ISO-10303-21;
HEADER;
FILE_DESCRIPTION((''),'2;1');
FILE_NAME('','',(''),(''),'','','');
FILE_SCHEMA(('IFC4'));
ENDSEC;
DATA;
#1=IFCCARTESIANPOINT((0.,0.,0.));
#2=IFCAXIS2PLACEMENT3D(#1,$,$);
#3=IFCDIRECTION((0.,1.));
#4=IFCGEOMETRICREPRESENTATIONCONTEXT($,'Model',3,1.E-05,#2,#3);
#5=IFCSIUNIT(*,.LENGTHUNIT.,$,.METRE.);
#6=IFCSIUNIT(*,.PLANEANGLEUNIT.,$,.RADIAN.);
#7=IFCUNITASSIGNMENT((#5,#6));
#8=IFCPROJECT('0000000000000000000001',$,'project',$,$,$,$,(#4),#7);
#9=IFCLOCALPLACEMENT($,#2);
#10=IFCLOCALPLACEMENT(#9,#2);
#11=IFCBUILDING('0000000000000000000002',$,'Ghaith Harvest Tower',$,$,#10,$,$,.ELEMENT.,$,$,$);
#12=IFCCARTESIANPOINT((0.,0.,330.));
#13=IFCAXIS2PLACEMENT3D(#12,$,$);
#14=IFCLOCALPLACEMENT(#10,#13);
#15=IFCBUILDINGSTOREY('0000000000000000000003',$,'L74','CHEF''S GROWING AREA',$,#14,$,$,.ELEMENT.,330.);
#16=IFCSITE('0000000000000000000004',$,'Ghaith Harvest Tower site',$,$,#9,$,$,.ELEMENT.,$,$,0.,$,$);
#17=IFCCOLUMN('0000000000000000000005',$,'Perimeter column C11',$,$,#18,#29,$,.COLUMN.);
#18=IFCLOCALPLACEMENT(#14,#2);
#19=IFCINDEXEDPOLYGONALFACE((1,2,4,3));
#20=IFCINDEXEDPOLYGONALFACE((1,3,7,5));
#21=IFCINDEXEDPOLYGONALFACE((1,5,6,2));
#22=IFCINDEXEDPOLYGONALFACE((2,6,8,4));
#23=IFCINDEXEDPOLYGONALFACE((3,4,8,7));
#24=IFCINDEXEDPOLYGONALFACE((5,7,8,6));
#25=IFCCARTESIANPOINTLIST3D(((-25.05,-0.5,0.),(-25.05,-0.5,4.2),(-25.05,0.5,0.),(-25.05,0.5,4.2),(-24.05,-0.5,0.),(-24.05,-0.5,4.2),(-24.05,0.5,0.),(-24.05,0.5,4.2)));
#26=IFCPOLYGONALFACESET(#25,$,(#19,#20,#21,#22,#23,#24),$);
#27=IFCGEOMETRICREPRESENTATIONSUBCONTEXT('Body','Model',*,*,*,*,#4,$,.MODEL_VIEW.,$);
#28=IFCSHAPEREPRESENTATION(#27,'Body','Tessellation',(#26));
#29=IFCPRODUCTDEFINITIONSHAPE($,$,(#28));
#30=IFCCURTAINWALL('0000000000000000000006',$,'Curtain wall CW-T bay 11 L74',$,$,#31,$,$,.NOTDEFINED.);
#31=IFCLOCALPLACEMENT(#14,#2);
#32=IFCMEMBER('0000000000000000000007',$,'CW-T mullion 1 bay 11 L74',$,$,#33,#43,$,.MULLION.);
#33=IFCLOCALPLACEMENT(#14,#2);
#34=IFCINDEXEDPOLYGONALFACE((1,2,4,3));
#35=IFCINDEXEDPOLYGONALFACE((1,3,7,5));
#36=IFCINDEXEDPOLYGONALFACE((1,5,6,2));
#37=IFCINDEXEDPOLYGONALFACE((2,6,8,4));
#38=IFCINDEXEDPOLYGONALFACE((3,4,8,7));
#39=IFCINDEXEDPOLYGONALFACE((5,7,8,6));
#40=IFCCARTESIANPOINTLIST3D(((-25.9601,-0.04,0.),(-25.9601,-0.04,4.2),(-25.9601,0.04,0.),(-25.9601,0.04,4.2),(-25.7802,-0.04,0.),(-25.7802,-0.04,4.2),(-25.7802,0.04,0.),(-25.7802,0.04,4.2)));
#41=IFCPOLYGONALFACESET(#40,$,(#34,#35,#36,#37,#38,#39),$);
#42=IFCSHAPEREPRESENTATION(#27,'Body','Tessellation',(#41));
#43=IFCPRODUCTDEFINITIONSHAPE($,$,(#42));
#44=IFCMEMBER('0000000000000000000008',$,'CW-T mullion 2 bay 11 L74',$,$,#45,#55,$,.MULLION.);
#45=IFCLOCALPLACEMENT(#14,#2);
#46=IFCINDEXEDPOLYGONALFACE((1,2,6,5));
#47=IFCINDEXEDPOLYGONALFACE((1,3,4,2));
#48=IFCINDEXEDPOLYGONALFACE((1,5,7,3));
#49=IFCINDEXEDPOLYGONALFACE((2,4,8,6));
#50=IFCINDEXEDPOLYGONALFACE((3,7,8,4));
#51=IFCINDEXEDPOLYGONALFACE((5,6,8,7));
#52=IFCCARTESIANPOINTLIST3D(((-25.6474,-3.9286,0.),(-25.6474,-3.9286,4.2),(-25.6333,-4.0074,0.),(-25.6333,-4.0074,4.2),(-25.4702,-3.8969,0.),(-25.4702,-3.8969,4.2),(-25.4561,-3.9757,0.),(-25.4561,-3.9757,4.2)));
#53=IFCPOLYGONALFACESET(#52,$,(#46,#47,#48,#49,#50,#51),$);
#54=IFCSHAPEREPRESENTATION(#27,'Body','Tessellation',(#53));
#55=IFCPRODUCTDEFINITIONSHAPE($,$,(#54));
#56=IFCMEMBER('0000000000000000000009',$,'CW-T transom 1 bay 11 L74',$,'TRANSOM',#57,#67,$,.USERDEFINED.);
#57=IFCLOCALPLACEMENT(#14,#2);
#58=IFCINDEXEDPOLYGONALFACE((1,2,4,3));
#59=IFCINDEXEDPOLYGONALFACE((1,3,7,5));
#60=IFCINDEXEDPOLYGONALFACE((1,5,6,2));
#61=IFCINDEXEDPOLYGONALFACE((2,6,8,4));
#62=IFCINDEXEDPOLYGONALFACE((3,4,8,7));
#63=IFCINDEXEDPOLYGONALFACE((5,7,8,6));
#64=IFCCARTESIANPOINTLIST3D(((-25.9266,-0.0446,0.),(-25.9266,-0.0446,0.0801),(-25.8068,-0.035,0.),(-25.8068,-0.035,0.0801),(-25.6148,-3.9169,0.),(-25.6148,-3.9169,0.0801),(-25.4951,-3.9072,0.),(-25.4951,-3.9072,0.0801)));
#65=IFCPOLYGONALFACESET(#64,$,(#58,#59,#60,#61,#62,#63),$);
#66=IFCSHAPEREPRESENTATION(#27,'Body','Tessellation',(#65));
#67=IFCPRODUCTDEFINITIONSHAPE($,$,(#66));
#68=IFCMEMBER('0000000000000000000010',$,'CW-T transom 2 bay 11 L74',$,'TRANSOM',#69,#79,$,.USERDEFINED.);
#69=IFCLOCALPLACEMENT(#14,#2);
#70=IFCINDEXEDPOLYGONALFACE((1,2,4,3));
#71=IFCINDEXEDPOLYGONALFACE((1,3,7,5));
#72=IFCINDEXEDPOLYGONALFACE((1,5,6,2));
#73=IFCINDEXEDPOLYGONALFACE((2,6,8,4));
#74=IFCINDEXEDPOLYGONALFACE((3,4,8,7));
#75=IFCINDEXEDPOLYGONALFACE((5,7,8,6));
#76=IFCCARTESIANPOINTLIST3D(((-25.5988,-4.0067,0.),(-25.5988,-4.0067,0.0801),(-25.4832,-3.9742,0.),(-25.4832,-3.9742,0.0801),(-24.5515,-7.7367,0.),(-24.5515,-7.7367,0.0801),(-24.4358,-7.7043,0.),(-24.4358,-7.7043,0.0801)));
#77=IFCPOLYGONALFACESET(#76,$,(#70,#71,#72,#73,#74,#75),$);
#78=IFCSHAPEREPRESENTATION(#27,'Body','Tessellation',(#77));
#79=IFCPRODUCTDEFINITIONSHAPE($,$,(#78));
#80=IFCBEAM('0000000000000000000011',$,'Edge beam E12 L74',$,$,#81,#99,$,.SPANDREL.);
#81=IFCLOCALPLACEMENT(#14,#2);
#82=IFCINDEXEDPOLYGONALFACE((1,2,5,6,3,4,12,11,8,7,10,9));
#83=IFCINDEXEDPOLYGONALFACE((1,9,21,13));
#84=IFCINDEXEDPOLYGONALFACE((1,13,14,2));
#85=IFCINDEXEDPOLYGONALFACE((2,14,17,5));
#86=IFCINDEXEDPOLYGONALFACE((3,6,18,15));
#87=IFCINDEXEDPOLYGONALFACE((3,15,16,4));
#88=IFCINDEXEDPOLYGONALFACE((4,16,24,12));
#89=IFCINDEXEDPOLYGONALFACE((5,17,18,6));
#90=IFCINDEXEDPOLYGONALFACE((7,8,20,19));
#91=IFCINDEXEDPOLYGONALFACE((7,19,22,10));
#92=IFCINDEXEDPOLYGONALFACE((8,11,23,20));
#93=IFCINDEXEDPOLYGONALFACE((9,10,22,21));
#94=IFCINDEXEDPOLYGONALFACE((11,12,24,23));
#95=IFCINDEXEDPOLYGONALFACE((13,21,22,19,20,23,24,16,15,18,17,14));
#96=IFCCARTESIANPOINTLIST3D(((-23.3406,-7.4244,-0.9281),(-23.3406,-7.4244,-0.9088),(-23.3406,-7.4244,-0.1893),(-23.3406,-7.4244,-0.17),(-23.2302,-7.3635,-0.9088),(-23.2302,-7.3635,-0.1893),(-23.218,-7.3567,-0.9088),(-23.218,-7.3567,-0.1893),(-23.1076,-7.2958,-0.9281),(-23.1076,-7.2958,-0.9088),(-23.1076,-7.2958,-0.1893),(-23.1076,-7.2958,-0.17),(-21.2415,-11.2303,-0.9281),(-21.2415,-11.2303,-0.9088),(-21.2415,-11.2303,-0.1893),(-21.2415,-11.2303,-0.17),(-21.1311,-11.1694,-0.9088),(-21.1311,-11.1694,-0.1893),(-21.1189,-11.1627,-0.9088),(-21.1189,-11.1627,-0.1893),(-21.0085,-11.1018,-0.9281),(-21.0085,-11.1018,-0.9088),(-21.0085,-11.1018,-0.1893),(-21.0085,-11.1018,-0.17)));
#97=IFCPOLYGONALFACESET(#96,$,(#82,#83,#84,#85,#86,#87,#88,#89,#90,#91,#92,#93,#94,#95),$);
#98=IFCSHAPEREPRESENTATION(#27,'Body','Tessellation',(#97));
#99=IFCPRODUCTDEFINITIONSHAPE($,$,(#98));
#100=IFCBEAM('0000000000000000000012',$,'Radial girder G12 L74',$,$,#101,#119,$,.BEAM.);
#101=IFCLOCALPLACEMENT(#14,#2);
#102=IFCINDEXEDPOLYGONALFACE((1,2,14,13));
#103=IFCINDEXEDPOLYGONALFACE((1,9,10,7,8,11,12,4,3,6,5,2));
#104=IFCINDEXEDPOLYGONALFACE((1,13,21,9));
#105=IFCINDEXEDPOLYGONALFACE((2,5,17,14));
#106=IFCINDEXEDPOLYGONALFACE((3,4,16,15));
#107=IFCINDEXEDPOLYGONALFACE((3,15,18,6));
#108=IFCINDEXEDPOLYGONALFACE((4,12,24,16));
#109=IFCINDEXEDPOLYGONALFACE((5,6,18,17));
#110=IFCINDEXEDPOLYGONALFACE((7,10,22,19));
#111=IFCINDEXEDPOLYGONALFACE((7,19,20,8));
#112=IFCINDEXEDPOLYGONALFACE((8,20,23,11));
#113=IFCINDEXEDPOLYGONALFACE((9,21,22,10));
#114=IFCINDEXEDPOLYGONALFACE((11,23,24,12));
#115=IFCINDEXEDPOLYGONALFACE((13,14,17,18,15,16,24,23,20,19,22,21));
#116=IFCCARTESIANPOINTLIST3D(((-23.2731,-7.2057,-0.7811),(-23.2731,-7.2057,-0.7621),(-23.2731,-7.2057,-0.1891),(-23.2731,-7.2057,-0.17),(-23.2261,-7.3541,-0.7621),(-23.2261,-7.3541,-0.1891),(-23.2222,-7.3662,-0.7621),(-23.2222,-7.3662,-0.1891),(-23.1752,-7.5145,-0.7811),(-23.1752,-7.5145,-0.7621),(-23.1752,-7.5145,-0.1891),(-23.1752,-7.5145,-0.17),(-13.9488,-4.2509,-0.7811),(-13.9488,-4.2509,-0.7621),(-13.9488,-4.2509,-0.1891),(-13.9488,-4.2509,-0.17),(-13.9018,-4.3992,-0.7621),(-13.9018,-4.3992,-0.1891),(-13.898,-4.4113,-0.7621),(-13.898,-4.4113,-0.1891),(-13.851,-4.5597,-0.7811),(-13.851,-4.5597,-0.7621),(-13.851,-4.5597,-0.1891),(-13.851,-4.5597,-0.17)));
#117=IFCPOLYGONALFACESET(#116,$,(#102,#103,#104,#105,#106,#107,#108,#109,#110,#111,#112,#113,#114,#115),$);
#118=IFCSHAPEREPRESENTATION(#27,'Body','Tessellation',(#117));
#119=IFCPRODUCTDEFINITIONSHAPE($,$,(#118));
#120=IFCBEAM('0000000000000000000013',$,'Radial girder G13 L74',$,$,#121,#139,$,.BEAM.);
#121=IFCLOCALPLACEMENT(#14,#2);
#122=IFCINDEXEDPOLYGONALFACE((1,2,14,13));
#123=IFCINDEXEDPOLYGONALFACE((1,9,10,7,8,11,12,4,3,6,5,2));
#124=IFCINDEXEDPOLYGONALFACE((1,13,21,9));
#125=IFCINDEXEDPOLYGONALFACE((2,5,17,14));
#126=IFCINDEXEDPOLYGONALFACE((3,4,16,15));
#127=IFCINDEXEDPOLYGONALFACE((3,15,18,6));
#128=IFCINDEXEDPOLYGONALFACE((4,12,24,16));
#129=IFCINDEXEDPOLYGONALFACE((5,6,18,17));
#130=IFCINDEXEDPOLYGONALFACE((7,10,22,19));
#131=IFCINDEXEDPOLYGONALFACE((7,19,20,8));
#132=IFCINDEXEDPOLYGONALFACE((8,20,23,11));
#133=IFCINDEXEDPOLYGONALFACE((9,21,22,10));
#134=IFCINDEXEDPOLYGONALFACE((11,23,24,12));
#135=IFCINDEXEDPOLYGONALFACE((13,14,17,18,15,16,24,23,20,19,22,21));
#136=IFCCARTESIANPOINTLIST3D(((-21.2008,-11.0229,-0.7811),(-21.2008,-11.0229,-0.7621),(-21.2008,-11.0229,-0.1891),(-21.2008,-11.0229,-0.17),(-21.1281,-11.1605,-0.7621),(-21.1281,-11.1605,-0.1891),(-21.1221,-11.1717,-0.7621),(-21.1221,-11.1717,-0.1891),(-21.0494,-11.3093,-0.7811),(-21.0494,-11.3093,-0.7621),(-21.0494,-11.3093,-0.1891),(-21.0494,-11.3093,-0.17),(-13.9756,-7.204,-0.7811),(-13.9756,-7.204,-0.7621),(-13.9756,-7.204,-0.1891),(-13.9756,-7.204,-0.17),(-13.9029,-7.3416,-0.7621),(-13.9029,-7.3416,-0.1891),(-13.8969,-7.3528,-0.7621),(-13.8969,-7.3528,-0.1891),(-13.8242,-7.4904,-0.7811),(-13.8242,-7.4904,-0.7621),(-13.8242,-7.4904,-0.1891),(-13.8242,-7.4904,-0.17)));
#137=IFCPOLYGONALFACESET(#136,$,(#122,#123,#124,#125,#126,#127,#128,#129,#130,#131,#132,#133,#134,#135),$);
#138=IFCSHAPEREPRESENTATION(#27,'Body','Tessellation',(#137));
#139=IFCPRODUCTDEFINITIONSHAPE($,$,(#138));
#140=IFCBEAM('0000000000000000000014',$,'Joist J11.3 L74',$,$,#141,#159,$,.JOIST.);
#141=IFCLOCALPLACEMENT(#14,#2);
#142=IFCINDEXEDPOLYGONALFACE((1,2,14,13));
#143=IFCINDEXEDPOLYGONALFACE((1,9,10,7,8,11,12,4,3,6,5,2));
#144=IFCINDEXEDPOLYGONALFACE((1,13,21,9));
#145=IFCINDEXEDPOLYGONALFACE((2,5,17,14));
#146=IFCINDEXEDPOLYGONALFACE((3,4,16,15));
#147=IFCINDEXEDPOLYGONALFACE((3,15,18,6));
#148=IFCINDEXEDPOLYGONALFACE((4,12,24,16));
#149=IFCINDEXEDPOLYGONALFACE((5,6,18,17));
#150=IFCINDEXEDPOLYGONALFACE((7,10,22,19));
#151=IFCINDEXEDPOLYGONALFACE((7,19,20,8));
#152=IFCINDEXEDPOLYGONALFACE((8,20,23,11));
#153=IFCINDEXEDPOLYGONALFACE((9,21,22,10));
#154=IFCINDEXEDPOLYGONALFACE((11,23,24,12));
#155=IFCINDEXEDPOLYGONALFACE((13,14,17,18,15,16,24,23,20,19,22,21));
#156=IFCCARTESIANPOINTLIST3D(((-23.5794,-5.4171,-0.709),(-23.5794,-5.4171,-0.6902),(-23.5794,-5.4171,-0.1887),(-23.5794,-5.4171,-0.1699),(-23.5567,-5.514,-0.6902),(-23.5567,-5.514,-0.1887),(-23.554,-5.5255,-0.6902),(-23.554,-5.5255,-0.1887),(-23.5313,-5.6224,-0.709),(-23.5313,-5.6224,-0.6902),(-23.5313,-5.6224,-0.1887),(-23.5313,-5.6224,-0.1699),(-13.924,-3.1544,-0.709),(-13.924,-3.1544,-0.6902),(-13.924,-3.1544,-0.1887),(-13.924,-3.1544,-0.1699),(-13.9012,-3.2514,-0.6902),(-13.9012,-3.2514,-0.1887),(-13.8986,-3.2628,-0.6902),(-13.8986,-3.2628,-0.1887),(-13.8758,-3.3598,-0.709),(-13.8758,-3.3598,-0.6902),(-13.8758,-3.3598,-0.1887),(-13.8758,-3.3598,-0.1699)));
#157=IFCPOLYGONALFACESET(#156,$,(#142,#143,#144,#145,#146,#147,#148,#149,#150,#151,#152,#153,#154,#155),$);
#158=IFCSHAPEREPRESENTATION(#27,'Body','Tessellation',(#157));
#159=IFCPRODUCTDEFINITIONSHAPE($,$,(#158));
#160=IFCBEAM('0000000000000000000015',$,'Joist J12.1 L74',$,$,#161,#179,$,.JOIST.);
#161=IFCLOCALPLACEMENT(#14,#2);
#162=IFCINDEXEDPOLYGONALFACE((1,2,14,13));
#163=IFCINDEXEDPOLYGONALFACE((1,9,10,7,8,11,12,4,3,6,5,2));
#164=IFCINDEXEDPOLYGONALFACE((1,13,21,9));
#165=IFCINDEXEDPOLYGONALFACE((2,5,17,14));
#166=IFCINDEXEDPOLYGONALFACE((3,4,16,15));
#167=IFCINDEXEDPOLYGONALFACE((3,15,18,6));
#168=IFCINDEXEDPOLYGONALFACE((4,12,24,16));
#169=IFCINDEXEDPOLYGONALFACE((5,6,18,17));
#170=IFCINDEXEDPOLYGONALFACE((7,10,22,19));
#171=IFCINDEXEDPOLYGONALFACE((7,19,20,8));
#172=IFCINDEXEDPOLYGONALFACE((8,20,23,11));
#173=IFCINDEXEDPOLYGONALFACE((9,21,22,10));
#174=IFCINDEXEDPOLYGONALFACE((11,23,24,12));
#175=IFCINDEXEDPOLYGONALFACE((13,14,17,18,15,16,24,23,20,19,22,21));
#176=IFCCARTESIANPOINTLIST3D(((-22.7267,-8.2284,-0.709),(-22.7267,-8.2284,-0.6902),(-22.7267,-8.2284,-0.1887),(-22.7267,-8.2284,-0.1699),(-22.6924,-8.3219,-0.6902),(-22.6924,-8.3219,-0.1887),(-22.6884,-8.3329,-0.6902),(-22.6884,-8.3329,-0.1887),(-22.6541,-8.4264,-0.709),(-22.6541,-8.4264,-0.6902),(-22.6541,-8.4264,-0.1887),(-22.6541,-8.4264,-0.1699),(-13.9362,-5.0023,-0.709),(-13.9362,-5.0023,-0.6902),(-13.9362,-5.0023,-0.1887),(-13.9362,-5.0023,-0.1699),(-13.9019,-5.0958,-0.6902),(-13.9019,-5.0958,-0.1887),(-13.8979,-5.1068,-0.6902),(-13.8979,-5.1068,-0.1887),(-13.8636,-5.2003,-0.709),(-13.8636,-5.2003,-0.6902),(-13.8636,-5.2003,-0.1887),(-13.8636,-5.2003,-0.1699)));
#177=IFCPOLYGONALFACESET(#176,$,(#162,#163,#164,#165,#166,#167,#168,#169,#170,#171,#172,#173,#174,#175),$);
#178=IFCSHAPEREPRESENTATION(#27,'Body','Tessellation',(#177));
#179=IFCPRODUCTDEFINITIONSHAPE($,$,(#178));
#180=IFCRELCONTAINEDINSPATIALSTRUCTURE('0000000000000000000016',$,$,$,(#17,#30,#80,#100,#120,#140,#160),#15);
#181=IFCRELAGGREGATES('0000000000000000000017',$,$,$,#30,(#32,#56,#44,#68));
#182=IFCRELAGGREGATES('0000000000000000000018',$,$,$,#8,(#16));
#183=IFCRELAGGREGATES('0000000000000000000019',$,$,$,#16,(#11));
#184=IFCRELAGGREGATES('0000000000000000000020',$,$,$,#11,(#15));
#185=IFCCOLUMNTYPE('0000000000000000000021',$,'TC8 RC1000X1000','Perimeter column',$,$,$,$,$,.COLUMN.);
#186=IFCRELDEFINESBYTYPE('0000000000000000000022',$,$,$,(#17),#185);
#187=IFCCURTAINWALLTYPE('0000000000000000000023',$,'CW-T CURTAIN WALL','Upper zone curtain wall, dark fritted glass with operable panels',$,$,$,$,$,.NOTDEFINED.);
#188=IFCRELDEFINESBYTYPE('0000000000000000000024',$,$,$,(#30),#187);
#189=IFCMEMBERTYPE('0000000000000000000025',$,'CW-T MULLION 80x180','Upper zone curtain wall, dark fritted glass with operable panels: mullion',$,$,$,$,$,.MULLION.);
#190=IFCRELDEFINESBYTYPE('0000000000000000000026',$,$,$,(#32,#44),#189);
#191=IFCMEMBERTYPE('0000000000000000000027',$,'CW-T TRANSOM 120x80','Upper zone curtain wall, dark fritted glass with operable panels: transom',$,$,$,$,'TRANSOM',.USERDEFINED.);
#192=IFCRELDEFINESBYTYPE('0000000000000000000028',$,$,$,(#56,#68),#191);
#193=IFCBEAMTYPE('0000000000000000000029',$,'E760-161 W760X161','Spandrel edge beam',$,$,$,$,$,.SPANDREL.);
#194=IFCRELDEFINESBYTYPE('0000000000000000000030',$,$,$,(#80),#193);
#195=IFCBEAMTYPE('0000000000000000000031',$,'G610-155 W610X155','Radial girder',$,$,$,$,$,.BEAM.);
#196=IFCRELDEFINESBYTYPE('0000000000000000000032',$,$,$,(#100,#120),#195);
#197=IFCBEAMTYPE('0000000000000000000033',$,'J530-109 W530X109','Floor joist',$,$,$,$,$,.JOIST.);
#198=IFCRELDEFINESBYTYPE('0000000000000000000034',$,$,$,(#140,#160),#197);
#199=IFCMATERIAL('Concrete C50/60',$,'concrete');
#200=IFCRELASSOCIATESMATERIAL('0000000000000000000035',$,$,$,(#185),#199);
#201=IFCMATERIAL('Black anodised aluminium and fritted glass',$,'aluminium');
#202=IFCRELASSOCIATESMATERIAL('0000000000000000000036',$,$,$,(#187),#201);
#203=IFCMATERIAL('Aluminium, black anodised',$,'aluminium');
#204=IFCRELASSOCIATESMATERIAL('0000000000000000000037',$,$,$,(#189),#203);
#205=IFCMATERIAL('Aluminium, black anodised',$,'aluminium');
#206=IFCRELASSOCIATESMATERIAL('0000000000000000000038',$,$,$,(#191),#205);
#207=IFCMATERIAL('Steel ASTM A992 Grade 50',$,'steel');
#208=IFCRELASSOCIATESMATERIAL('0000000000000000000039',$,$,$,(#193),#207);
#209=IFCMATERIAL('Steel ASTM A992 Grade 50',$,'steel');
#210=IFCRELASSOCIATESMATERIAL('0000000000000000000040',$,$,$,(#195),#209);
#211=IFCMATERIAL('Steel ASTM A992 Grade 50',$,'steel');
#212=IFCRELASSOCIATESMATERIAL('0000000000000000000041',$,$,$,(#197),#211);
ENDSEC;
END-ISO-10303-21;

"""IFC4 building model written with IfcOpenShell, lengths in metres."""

from ifc_helpers import new_model, si_unit, direction, frame, origin, origin_2d, place, context, subcontext, project, spatial, rectangle, i_section, extrude, material, material_profile, profile_set, type_object, element, aggregate, save


model = new_model("IFC4")

# Units and contexts
model_context = context("Model", 3, precision=1e-05, world=origin(), true_north=direction((0.0, 1.0)))
body_context = subcontext(model_context, "Body", "Model", "MODEL_VIEW")
ifc_project = project(units=[si_unit("LENGTHUNIT", "METRE"), si_unit("PLANEANGLEUNIT", "RADIAN")], contexts=[model_context])

# Site, building, storey
site_placement = place(None, origin())
site = spatial("IfcSite", under=ifc_project, at=site_placement, Name="Ghaith Harvest Tower site", CompositionType="ELEMENT", RefElevation=0.0)
building_placement = place(site_placement, origin())
building = spatial("IfcBuilding", under=site, at=building_placement, Name="Ghaith Harvest Tower", CompositionType="ELEMENT")
storey_placement = place(building_placement, frame((0.0, 0.0, 330.0)))
storey = spatial("IfcBuildingStorey", under=building, at=storey_placement, Name="L74", Description="CHEF'S GROWING AREA", CompositionType="ELEMENT", Elevation=330.0)

# Column
ifc_material_1 = material(Name="Concrete C50/60", Category="concrete")
ifc_material_profile_1 = material_profile(ifc_material_1, rectangle(XDim=1.0, YDim=1.0, at=origin_2d()), Name="RC1000X1000")
ifc_profile_set_1 = profile_set([ifc_material_profile_1], Name="Concrete C50/60")
column_type = type_object("IfcColumnType", Name="TC8 RC1000X1000", Description="Perimeter column", PredefinedType="COLUMN", material=ifc_profile_set_1)
column_placement = place(storey_placement, frame((-24.55, 0.0, 0.0), z_axis=(0.0, 0.0, 1.0), x_axis=(1.0, 0.0, 0.0)))
element("IfcColumn", 1, at=column_placement, inside=storey, type_object=column_type, Name="Perimeter column C11", PredefinedType="COLUMN", context=body_context, shape_type="SweptSolid", body=[
    extrude(rectangle(XDim=1.0, YDim=1.0, at=origin_2d()), origin(), (0.0, 0.0, 1.0), 4.2),
])

# Curtain wall, members
ifc_material_2 = material(Name="Black anodised aluminium and fritted glass", Category="aluminium")
curtain_wall_type = type_object("IfcCurtainWallType", Name="CW-T CURTAIN WALL", Description="Upper zone curtain wall, dark fritted glass with operable panels", PredefinedType="NOTDEFINED", material=ifc_material_2)
curtain_wall_placement = place(storey_placement, origin())
curtain_wall = element("IfcCurtainWall", 2, at=curtain_wall_placement, inside=storey, type_object=curtain_wall_type, Name="Curtain wall CW-T bay 11 L74", PredefinedType="NOTDEFINED")
ifc_material_3 = material(Name="Aluminium, black anodised", Category="aluminium")
ifc_material_profile_2 = material_profile(ifc_material_3, rectangle(XDim=0.0801, YDim=0.1799, at=origin_2d()), Name="CW-T MULLION 80x180")
ifc_profile_set_2 = profile_set([ifc_material_profile_2], Name="Aluminium, black anodised")
member_type_1 = type_object("IfcMemberType", Name="CW-T MULLION 80x180", Description="Upper zone curtain wall, dark fritted glass with operable panels: mullion", PredefinedType="MULLION", material=ifc_profile_set_2)
member_1_placement = place(storey_placement, frame((-25.8701, 0.0, 0.0), z_axis=(0.0, 0.0, 1.0), x_axis=(0.0, -1.0, 0.0)))
member_1 = element("IfcMember", 3, at=member_1_placement, type_object=member_type_1, Name="CW-T mullion 1 bay 11 L74", PredefinedType="MULLION", context=body_context, shape_type="SweptSolid", body=[
    extrude(rectangle(XDim=0.0801, YDim=0.1799, at=origin_2d()), origin(), (0.0, 0.0, 1.0), 4.2),
])
member_2_placement = place(storey_placement, frame((-25.5518, -3.9521, 0.0), z_axis=(0.0, 0.0, 1.0), x_axis=(0.176001, -0.98439, 0.0)))
member_2 = element("IfcMember", 4, at=member_2_placement, type_object=member_type_1, Name="CW-T mullion 2 bay 11 L74", PredefinedType="MULLION", context=body_context, shape_type="SweptSolid", body=[
    extrude(rectangle(XDim=0.0801, YDim=0.1799, at=origin_2d()), origin(), (0.0, 0.0, 1.0), 4.2),
])
ifc_material_4 = material(Name="Aluminium, black anodised", Category="aluminium")
ifc_material_profile_3 = material_profile(ifc_material_4, rectangle(XDim=0.1201, YDim=0.0801, at=origin_2d()), Name="CW-T TRANSOM 120x80")
ifc_profile_set_3 = profile_set([ifc_material_profile_3], Name="Aluminium, black anodised")
member_type_2 = type_object("IfcMemberType", Name="CW-T TRANSOM 120x80", Description="Upper zone curtain wall, dark fritted glass with operable panels: transom", ElementType="TRANSOM", PredefinedType="USERDEFINED", material=ifc_profile_set_3)
member_3_placement = place(storey_placement, frame((-25.8667, -0.0398, 0.04), z_axis=(0.080252, -0.996775, 0.0), x_axis=(0.996775, 0.080252, 0.0)))
member_3 = element("IfcMember", 5, at=member_3_placement, type_object=member_type_2, Name="CW-T transom 1 bay 11 L74", ObjectType="TRANSOM", PredefinedType="USERDEFINED", context=body_context, shape_type="SweptSolid", body=[
    extrude(rectangle(XDim=0.1201, YDim=0.0801, at=origin_2d()), origin(), (0.0, 0.0, 1.0), 3.8848),
])
member_4_placement = place(storey_placement, frame((-25.541, -3.9905, 0.04), z_axis=(0.27034, -0.962765, 0.0), x_axis=(0.962765, 0.27034, 0.0)))
member_4 = element("IfcMember", 6, at=member_4_placement, type_object=member_type_2, Name="CW-T transom 2 bay 11 L74", ObjectType="TRANSOM", PredefinedType="USERDEFINED", context=body_context, shape_type="SweptSolid", body=[
    extrude(rectangle(XDim=0.1201, YDim=0.0801, at=origin_2d()), origin(), (0.0, 0.0, 1.0), 3.8743),
])

# Beams
ifc_material_5 = material(Name="Steel ASTM A992 Grade 50", Category="steel")
ifc_material_profile_4 = material_profile(ifc_material_5, i_section(OverallWidth=0.2661, OverallDepth=0.7581, WebThickness=0.0139, FlangeThickness=0.0193, at=origin_2d()), Name="W760X161")
ifc_profile_set_4 = profile_set([ifc_material_profile_4], Name="Steel ASTM A992 Grade 50")
beam_type_1 = type_object("IfcBeamType", Name="E760-161 W760X161", Description="Spandrel edge beam", PredefinedType="SPANDREL", material=ifc_profile_set_4)
beam_1_placement = place(storey_placement, frame((-23.2241, -7.3601, -0.5491), z_axis=(0.482956, -0.875645, 0.0), x_axis=(0.875645, 0.482956, 0.0)))
element("IfcBeam", 7, at=beam_1_placement, inside=storey, type_object=beam_type_1, Name="Edge beam E12 L74", PredefinedType="SPANDREL", context=body_context, shape_type="SweptSolid", body=[
    extrude(i_section(OverallWidth=0.2661, OverallDepth=0.7581, WebThickness=0.0139, FlangeThickness=0.0193, at=origin_2d()), origin(), (0.0, 0.0, 1.0), 4.3464),
])
ifc_material_6 = material(Name="Steel ASTM A992 Grade 50", Category="steel")
ifc_material_profile_5 = material_profile(ifc_material_6, i_section(OverallWidth=0.324, OverallDepth=0.6111, WebThickness=0.0127, FlangeThickness=0.019, at=origin_2d()), Name="W610X155")
ifc_profile_set_5 = profile_set([ifc_material_profile_5], Name="Steel ASTM A992 Grade 50")
beam_type_2 = type_object("IfcBeamType", Name="G610-155 W610X155", Description="Radial girder", PredefinedType="BEAM", material=ifc_profile_set_5)
beam_2_placement = place(storey_placement, frame((-13.8999, -4.4053, -0.4756), z_axis=(-0.953279, -0.302093, 0.0), x_axis=(0.302093, -0.953279, 0.0)))
element("IfcBeam", 8, at=beam_2_placement, inside=storey, type_object=beam_type_2, Name="Radial girder G12 L74", PredefinedType="BEAM", context=body_context, shape_type="SweptSolid", body=[
    extrude(i_section(OverallWidth=0.324, OverallDepth=0.6111, WebThickness=0.0127, FlangeThickness=0.019, at=origin_2d()), origin(), (0.0, 0.0, 1.0), 9.7812),
])
beam_3_placement = place(storey_placement, frame((-13.8999, -7.3472, -0.4756), z_axis=(-0.884102, -0.467295, 0.0), x_axis=(0.467295, -0.884102, 0.0)))
element("IfcBeam", 9, at=beam_3_placement, inside=storey, type_object=beam_type_2, Name="Radial girder G13 L74", PredefinedType="BEAM", context=body_context, shape_type="SweptSolid", body=[
    extrude(i_section(OverallWidth=0.324, OverallDepth=0.6111, WebThickness=0.0127, FlangeThickness=0.019, at=origin_2d()), origin(), (0.0, 0.0, 1.0), 8.1724),
])
ifc_material_7 = material(Name="Steel ASTM A992 Grade 50", Category="steel")
ifc_material_profile_6 = material_profile(ifc_material_7, i_section(OverallWidth=0.2109, OverallDepth=0.5391, WebThickness=0.0117, FlangeThickness=0.0188, at=origin_2d()), Name="W530X109")
ifc_profile_set_6 = profile_set([ifc_material_profile_6], Name="Steel ASTM A992 Grade 50")
beam_type_3 = type_object("IfcBeamType", Name="J530-109 W530X109", Description="Floor joist", PredefinedType="JOIST", material=ifc_profile_set_6)
beam_4_placement = place(storey_placement, frame((-13.8999, -3.2571, -0.4395), z_axis=(-0.973623, -0.228161, 0.0), x_axis=(0.228161, -0.973623, 0.0)))
element("IfcBeam", 10, at=beam_4_placement, inside=storey, type_object=beam_type_3, Name="Joist J11.3 L74", PredefinedType="JOIST", context=body_context, shape_type="SweptSolid", body=[
    extrude(i_section(OverallWidth=0.2109, OverallDepth=0.5391, WebThickness=0.0117, FlangeThickness=0.0188, at=origin_2d()), origin(), (0.0, 0.0, 1.0), 9.917),
])
beam_5_placement = place(storey_placement, frame((-13.8999, -5.1013, -0.4395), z_axis=(-0.938777, -0.344526, 0.0), x_axis=(0.344526, -0.938777, 0.0)))
element("IfcBeam", 11, at=beam_5_placement, inside=storey, type_object=beam_type_3, Name="Joist J12.1 L74", PredefinedType="JOIST", context=body_context, shape_type="SweptSolid", body=[
    extrude(i_section(OverallWidth=0.2109, OverallDepth=0.5391, WebThickness=0.0117, FlangeThickness=0.0188, at=origin_2d()), origin(), (0.0, 0.0, 1.0), 9.3638),
])

aggregate(curtain_wall, [member_1, member_3, member_2, member_4])

save(model, "model.ifc")
